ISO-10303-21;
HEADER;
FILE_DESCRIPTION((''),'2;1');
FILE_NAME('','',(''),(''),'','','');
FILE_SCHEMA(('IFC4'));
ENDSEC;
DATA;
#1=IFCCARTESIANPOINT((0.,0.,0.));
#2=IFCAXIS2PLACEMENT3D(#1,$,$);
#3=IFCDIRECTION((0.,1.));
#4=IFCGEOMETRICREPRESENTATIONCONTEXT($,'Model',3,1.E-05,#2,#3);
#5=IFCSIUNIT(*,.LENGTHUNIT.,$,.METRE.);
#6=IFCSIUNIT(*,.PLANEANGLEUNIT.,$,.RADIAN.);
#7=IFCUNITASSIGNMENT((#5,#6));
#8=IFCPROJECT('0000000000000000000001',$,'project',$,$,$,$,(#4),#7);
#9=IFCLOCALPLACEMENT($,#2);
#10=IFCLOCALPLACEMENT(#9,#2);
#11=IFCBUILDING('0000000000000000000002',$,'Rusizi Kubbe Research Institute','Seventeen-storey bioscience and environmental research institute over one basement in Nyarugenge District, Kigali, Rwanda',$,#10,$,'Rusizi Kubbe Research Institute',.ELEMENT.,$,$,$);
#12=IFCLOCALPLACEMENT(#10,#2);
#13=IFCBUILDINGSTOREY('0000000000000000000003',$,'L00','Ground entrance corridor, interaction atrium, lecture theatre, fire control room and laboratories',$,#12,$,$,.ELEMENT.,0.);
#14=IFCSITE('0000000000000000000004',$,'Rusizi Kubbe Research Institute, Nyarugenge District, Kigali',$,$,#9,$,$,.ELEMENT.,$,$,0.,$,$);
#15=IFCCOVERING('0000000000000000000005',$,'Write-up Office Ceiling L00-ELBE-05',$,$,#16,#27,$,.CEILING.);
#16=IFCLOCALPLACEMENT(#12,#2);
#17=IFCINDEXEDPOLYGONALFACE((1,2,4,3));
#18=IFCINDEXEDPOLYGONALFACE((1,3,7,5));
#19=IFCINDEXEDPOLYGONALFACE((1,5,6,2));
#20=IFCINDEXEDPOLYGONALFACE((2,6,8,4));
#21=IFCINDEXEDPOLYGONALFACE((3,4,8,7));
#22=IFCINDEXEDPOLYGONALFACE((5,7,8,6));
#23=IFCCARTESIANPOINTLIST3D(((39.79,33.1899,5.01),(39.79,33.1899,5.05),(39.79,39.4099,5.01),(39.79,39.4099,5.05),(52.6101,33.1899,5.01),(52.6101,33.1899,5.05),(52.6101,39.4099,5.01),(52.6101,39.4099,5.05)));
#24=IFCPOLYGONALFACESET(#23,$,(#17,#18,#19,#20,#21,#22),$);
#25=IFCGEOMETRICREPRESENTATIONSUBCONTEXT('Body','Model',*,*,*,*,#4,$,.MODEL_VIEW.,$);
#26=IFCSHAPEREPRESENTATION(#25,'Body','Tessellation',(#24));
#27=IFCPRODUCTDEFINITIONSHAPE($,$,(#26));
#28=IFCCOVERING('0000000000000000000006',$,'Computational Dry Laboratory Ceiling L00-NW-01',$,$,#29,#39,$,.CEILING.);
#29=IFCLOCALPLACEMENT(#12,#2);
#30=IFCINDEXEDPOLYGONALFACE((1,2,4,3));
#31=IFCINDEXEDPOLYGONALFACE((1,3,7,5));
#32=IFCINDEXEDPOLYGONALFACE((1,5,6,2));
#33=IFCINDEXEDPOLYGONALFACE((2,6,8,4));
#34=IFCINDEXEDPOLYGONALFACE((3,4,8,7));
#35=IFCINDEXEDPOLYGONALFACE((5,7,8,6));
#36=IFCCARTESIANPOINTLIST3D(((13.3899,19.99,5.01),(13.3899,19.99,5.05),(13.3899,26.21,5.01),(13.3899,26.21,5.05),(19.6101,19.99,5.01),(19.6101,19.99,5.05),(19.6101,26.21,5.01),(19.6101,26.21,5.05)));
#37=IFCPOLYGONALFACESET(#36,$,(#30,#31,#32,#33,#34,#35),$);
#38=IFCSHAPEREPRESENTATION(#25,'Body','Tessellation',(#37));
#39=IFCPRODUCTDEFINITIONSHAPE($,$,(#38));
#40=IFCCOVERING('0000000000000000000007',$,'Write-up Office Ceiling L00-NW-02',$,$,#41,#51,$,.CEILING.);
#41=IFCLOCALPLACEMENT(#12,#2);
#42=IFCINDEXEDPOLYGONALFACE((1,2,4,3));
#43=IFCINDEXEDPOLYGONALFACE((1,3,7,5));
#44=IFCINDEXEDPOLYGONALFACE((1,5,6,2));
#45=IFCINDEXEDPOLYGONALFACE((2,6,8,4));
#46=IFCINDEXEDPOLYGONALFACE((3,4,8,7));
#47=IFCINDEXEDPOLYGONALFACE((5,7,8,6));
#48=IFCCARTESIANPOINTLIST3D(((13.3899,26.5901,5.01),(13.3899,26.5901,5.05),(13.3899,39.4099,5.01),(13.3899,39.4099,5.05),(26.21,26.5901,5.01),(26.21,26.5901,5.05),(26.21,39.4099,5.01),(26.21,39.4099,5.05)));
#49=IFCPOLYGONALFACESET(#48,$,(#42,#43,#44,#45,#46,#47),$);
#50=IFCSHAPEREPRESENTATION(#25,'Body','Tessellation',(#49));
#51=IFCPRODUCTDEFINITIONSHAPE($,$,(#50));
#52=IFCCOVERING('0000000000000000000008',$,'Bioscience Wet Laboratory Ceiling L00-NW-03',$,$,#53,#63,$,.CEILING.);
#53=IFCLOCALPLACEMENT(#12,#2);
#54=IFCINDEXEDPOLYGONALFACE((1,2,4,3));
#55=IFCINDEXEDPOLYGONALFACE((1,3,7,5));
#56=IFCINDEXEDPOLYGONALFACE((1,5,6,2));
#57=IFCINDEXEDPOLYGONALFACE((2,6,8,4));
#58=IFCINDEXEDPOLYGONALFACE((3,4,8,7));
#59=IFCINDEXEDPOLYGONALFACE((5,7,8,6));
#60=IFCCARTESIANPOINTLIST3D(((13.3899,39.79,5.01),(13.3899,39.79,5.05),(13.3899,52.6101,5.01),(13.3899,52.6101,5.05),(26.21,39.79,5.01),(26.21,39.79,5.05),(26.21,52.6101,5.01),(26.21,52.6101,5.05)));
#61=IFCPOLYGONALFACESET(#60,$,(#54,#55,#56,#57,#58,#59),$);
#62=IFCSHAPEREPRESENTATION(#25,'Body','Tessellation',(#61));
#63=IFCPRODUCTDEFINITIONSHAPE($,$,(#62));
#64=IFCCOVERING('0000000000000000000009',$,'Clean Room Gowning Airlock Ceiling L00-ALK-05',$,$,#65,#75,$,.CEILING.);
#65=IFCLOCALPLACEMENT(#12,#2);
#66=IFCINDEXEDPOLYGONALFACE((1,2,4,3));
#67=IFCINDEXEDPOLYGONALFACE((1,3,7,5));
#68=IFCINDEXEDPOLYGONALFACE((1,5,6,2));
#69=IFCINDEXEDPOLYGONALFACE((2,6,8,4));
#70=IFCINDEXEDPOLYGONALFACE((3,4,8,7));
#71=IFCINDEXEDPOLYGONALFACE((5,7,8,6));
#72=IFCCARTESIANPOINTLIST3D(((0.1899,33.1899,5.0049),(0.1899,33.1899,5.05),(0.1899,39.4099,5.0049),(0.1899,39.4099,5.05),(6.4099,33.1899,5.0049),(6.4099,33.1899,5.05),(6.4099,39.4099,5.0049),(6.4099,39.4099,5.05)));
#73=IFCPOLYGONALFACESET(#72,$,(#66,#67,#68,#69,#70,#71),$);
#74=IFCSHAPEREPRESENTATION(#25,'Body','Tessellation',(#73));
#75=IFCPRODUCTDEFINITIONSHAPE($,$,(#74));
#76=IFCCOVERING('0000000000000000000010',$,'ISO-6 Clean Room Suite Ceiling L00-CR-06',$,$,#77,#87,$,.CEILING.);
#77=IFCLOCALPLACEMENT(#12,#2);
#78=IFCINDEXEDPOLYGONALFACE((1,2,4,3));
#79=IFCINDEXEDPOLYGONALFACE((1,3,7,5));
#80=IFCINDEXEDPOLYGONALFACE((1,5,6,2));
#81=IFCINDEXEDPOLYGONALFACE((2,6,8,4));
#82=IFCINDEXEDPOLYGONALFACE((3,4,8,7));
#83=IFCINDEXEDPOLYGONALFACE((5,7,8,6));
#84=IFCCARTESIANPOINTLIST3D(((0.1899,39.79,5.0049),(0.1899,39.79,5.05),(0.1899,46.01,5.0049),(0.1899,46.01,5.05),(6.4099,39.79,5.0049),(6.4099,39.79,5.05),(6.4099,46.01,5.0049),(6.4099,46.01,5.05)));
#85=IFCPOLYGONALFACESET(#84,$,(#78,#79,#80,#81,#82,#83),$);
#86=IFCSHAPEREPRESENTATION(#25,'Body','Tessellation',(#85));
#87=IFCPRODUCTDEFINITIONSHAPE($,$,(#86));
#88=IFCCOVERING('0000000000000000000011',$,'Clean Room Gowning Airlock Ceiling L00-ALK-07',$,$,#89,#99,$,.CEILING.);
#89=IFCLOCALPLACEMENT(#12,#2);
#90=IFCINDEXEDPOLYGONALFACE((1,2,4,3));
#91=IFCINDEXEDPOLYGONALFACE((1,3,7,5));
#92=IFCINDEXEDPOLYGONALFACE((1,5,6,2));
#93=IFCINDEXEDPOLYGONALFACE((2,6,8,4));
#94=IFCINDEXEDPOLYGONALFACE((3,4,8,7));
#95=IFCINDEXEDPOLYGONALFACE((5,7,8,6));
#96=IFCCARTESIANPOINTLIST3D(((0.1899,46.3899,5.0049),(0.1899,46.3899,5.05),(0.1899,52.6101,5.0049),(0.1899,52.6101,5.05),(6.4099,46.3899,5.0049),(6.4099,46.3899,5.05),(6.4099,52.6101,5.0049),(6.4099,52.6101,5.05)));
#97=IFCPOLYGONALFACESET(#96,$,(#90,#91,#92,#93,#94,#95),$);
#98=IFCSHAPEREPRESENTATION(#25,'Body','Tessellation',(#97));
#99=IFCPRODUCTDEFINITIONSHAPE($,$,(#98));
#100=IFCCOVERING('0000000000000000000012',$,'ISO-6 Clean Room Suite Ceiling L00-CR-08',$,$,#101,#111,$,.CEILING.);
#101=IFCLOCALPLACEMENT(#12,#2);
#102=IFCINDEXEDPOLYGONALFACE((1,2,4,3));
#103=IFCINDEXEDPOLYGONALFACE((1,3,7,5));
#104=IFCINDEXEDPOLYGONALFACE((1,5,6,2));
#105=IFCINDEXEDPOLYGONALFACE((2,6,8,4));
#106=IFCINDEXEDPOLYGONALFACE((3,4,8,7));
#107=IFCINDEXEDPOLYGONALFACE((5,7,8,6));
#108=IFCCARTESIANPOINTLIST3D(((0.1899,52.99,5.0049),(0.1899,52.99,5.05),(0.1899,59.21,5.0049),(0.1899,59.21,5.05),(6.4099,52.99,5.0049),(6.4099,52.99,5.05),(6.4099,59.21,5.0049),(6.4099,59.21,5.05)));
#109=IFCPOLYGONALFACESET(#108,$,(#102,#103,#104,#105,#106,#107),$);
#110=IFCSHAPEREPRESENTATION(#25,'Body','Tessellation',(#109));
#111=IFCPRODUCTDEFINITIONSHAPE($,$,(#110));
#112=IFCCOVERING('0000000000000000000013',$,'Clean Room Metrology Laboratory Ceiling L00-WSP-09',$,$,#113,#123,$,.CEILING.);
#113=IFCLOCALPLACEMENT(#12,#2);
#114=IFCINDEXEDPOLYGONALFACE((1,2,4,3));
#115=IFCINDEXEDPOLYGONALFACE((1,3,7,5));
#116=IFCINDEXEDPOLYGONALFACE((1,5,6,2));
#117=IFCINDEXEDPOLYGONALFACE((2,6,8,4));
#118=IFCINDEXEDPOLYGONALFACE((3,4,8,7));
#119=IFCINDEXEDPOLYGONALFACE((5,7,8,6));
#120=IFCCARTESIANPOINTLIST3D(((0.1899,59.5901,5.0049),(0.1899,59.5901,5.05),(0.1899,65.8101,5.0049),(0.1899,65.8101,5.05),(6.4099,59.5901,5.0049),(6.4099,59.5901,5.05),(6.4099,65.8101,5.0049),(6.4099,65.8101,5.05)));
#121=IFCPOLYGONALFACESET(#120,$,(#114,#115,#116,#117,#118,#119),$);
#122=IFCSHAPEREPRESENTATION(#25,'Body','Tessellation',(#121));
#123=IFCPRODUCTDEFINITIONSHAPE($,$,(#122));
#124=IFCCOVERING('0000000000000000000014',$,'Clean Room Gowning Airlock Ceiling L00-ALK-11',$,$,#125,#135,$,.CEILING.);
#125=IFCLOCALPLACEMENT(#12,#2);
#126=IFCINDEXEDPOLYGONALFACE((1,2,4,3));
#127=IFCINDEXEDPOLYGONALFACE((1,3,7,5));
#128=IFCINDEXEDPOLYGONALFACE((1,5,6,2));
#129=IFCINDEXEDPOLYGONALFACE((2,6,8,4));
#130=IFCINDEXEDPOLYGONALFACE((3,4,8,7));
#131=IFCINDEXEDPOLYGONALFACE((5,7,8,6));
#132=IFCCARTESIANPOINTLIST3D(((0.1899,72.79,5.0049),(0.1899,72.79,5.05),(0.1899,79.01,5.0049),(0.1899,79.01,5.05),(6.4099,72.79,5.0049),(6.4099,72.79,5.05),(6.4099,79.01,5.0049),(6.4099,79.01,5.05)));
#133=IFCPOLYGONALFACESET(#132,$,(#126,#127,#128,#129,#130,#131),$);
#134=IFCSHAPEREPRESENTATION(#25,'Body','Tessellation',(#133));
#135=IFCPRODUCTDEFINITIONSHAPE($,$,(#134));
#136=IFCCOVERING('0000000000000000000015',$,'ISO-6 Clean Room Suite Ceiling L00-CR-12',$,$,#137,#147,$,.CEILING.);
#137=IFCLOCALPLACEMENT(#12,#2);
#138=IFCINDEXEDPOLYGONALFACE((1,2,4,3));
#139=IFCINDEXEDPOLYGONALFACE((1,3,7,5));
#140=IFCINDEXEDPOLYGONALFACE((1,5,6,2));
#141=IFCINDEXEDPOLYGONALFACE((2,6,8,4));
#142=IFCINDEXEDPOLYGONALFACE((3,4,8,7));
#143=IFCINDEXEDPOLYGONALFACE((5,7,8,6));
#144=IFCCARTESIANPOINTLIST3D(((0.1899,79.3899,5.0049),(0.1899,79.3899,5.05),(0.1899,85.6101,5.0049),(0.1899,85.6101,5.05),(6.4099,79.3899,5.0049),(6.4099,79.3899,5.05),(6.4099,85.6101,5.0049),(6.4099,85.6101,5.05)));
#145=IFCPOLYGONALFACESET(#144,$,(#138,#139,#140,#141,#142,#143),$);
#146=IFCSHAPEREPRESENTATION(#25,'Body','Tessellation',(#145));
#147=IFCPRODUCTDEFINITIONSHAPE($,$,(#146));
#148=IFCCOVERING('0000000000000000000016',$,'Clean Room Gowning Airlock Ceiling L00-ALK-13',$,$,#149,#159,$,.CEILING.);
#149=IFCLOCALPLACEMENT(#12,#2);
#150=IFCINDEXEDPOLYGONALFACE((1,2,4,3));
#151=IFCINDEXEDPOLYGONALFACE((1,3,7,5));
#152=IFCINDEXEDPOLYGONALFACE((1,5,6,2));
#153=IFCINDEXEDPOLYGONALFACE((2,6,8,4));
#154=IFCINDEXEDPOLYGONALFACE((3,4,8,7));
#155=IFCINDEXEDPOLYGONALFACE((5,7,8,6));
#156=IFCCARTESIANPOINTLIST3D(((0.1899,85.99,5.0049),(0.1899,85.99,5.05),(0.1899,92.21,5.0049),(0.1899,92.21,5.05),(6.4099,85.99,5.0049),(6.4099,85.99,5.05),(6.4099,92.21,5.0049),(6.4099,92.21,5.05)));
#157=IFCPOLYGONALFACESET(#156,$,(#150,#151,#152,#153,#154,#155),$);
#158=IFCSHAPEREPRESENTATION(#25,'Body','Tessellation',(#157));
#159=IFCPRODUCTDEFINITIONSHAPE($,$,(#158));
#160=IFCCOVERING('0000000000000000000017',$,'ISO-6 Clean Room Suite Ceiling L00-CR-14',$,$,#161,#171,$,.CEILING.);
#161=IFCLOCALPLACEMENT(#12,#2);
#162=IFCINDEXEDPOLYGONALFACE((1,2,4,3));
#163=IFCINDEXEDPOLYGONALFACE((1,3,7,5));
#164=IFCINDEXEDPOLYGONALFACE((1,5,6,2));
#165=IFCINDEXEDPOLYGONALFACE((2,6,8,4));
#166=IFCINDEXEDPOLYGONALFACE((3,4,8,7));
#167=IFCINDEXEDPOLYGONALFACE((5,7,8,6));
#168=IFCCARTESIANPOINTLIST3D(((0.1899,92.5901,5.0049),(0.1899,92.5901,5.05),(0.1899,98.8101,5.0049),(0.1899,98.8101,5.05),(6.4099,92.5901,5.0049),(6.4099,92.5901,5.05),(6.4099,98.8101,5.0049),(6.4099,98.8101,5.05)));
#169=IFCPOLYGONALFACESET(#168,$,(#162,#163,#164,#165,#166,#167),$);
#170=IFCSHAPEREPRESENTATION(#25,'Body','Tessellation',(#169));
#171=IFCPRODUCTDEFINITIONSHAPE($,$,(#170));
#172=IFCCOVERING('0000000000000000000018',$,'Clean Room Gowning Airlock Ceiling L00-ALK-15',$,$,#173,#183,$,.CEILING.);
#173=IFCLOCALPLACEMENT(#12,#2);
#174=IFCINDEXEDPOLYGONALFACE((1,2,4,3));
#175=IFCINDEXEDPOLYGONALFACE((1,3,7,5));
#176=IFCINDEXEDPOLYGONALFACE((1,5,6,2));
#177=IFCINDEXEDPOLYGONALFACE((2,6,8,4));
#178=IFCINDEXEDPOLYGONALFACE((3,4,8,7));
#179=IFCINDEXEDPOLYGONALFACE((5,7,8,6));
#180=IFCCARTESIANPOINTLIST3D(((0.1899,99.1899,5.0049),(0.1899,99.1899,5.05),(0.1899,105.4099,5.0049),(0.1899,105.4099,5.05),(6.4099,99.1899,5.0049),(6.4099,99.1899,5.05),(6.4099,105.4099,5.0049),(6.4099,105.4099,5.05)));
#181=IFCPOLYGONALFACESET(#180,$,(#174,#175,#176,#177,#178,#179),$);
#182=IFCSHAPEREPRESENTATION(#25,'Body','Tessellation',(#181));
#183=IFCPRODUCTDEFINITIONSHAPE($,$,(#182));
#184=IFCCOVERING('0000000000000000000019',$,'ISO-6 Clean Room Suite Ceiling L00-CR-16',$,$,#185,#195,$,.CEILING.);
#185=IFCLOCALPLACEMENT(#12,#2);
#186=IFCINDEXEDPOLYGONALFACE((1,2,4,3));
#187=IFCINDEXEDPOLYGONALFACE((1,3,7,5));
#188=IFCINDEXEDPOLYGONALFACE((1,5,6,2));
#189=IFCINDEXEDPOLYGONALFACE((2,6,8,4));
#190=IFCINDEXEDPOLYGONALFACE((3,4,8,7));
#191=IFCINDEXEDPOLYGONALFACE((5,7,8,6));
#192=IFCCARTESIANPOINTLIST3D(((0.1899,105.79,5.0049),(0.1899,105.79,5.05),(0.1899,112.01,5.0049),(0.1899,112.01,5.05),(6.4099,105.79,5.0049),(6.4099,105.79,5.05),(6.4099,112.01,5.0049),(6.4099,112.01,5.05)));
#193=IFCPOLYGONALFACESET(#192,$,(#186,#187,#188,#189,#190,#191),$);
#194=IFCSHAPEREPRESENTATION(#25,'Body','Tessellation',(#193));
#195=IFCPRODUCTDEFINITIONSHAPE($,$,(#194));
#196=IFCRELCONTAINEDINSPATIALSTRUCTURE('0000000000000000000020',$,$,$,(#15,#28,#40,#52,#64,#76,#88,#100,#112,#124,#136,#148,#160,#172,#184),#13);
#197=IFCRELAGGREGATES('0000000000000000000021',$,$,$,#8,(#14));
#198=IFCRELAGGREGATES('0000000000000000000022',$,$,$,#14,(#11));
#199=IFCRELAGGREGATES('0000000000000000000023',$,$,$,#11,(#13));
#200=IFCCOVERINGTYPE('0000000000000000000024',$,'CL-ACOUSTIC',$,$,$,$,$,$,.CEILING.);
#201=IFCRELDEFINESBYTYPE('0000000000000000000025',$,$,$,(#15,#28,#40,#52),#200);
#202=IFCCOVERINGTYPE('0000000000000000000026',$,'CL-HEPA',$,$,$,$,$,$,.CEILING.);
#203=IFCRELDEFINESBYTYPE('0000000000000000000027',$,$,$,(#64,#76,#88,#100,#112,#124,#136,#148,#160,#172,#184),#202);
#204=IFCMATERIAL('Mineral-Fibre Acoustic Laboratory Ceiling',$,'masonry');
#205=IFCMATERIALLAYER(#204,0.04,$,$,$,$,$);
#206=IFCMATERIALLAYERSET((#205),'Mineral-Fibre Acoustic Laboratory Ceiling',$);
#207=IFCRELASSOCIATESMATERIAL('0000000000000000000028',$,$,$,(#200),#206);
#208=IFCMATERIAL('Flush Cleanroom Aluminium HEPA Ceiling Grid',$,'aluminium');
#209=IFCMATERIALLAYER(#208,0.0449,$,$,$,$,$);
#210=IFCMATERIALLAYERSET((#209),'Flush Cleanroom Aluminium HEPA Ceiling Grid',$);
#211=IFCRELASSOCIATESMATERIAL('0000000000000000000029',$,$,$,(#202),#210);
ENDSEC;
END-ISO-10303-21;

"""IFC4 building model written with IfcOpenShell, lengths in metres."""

from ifc_helpers import new_model, si_unit, direction, frame, origin, place, context, subcontext, project, spatial, polyline, outline, extrude, material, layer, layer_set, type_object, element, save


model = new_model("IFC4")

# Units and contexts
model_context = context("Model", 3, precision=1e-05, world=origin(), true_north=direction((0.0, 1.0)))
body_context = subcontext(model_context, "Body", "Model", "MODEL_VIEW")
ifc_project = project(units=[si_unit("LENGTHUNIT", "METRE"), si_unit("PLANEANGLEUNIT", "RADIAN")], contexts=[model_context])

# Site, building, storey
site_placement = place(None, origin())
site = spatial("IfcSite", under=ifc_project, at=site_placement, Name="Rusizi Kubbe Research Institute, Nyarugenge District, Kigali", CompositionType="ELEMENT", RefElevation=0.0)
building_placement = place(site_placement, origin())
building = spatial("IfcBuilding", under=site, at=building_placement, Name="Rusizi Kubbe Research Institute", Description="Seventeen-storey bioscience and environmental research institute over one basement in Nyarugenge District, Kigali, Rwanda", LongName="Rusizi Kubbe Research Institute", CompositionType="ELEMENT")
storey_placement = place(building_placement, origin())
storey = spatial("IfcBuildingStorey", under=building, at=storey_placement, Name="L00", Description="Ground entrance corridor, interaction atrium, lecture theatre, fire control room and laboratories", CompositionType="ELEMENT", Elevation=0.0)

# Coverings
ifc_material_1 = material(Name="Mineral-Fibre Acoustic Laboratory Ceiling", Category="masonry")
ifc_layer_1 = layer(ifc_material_1, 0.04)
ifc_layer_set_1 = layer_set([ifc_layer_1], Name="Mineral-Fibre Acoustic Laboratory Ceiling")
covering_type_1 = type_object("IfcCoveringType", Name="CL-ACOUSTIC", PredefinedType="CEILING", material=ifc_layer_set_1)
covering_1_placement = place(storey_placement, frame((0.0, 0.0, 5.01)))
element("IfcCovering", 1, at=covering_1_placement, inside=storey, type_object=covering_type_1, Name="Write-up Office Ceiling L00-ELBE-05", PredefinedType="CEILING", context=body_context, shape_type="SweptSolid", body=[
    extrude(outline(polyline([(39.79, 33.1899), (52.6101, 33.1899), (52.6101, 39.4099), (39.79, 39.4099), (39.79, 33.1899)])), origin(), (0.0, 0.0, 1.0), 0.04),
])
covering_2_placement = place(storey_placement, frame((0.0, 0.0, 5.01)))
element("IfcCovering", 2, at=covering_2_placement, inside=storey, type_object=covering_type_1, Name="Computational Dry Laboratory Ceiling L00-NW-01", PredefinedType="CEILING", context=body_context, shape_type="SweptSolid", body=[
    extrude(outline(polyline([(13.3899, 19.99), (19.6101, 19.99), (19.6101, 26.21), (13.3899, 26.21), (13.3899, 19.99)])), origin(), (0.0, 0.0, 1.0), 0.04),
])
covering_3_placement = place(storey_placement, frame((0.0, 0.0, 5.01)))
element("IfcCovering", 3, at=covering_3_placement, inside=storey, type_object=covering_type_1, Name="Write-up Office Ceiling L00-NW-02", PredefinedType="CEILING", context=body_context, shape_type="SweptSolid", body=[
    extrude(outline(polyline([(13.3899, 26.5901), (26.21, 26.5901), (26.21, 39.4099), (13.3899, 39.4099), (13.3899, 26.5901)])), origin(), (0.0, 0.0, 1.0), 0.04),
])
covering_4_placement = place(storey_placement, frame((0.0, 0.0, 5.01)))
element("IfcCovering", 4, at=covering_4_placement, inside=storey, type_object=covering_type_1, Name="Bioscience Wet Laboratory Ceiling L00-NW-03", PredefinedType="CEILING", context=body_context, shape_type="SweptSolid", body=[
    extrude(outline(polyline([(13.3899, 39.79), (26.21, 39.79), (26.21, 52.6101), (13.3899, 52.6101), (13.3899, 39.79)])), origin(), (0.0, 0.0, 1.0), 0.04),
])
ifc_material_2 = material(Name="Flush Cleanroom Aluminium HEPA Ceiling Grid", Category="aluminium")
ifc_layer_2 = layer(ifc_material_2, 0.0449)
ifc_layer_set_2 = layer_set([ifc_layer_2], Name="Flush Cleanroom Aluminium HEPA Ceiling Grid")
covering_type_2 = type_object("IfcCoveringType", Name="CL-HEPA", PredefinedType="CEILING", material=ifc_layer_set_2)
covering_5_placement = place(storey_placement, frame((0.0, 0.0, 5.0049)))
element("IfcCovering", 5, at=covering_5_placement, inside=storey, type_object=covering_type_2, Name="Clean Room Gowning Airlock Ceiling L00-ALK-05", PredefinedType="CEILING", context=body_context, shape_type="SweptSolid", body=[
    extrude(outline(polyline([(0.1899, 33.1899), (6.4099, 33.1899), (6.4099, 39.4099), (0.1899, 39.4099), (0.1899, 33.1899)])), origin(), (0.0, 0.0, 1.0), 0.0452),
])
covering_6_placement = place(storey_placement, frame((0.0, 0.0, 5.0049)))
element("IfcCovering", 6, at=covering_6_placement, inside=storey, type_object=covering_type_2, Name="ISO-6 Clean Room Suite Ceiling L00-CR-06", PredefinedType="CEILING", context=body_context, shape_type="SweptSolid", body=[
    extrude(outline(polyline([(0.1899, 39.79), (6.4099, 39.79), (6.4099, 46.01), (0.1899, 46.01), (0.1899, 39.79)])), origin(), (0.0, 0.0, 1.0), 0.0452),
])
covering_7_placement = place(storey_placement, frame((0.0, 0.0, 5.0049)))
element("IfcCovering", 7, at=covering_7_placement, inside=storey, type_object=covering_type_2, Name="Clean Room Gowning Airlock Ceiling L00-ALK-07", PredefinedType="CEILING", context=body_context, shape_type="SweptSolid", body=[
    extrude(outline(polyline([(0.1899, 46.3899), (6.4099, 46.3899), (6.4099, 52.6101), (0.1899, 52.6101), (0.1899, 46.3899)])), origin(), (0.0, 0.0, 1.0), 0.0452),
])
covering_8_placement = place(storey_placement, frame((0.0, 0.0, 5.0049)))
element("IfcCovering", 8, at=covering_8_placement, inside=storey, type_object=covering_type_2, Name="ISO-6 Clean Room Suite Ceiling L00-CR-08", PredefinedType="CEILING", context=body_context, shape_type="SweptSolid", body=[
    extrude(outline(polyline([(0.1899, 52.99), (6.4099, 52.99), (6.4099, 59.21), (0.1899, 59.21), (0.1899, 52.99)])), origin(), (0.0, 0.0, 1.0), 0.0452),
])
covering_9_placement = place(storey_placement, frame((0.0, 0.0, 5.0049)))
element("IfcCovering", 9, at=covering_9_placement, inside=storey, type_object=covering_type_2, Name="Clean Room Metrology Laboratory Ceiling L00-WSP-09", PredefinedType="CEILING", context=body_context, shape_type="SweptSolid", body=[
    extrude(outline(polyline([(0.1899, 59.5901), (6.4099, 59.5901), (6.4099, 65.8101), (0.1899, 65.8101), (0.1899, 59.5901)])), origin(), (0.0, 0.0, 1.0), 0.0452),
])
covering_10_placement = place(storey_placement, frame((0.0, 0.0, 5.0049)))
element("IfcCovering", 10, at=covering_10_placement, inside=storey, type_object=covering_type_2, Name="Clean Room Gowning Airlock Ceiling L00-ALK-11", PredefinedType="CEILING", context=body_context, shape_type="SweptSolid", body=[
    extrude(outline(polyline([(0.1899, 72.79), (6.4099, 72.79), (6.4099, 79.01), (0.1899, 79.01), (0.1899, 72.79)])), origin(), (0.0, 0.0, 1.0), 0.0452),
])
covering_11_placement = place(storey_placement, frame((0.0, 0.0, 5.0049)))
element("IfcCovering", 11, at=covering_11_placement, inside=storey, type_object=covering_type_2, Name="ISO-6 Clean Room Suite Ceiling L00-CR-12", PredefinedType="CEILING", context=body_context, shape_type="SweptSolid", body=[
    extrude(outline(polyline([(0.1899, 79.3899), (6.4099, 79.3899), (6.4099, 85.6101), (0.1899, 85.6101), (0.1899, 79.3899)])), origin(), (0.0, 0.0, 1.0), 0.0452),
])
covering_12_placement = place(storey_placement, frame((0.0, 0.0, 5.0049)))
element("IfcCovering", 12, at=covering_12_placement, inside=storey, type_object=covering_type_2, Name="Clean Room Gowning Airlock Ceiling L00-ALK-13", PredefinedType="CEILING", context=body_context, shape_type="SweptSolid", body=[
    extrude(outline(polyline([(0.1899, 85.99), (6.4099, 85.99), (6.4099, 92.21), (0.1899, 92.21), (0.1899, 85.99)])), origin(), (0.0, 0.0, 1.0), 0.0452),
])
covering_13_placement = place(storey_placement, frame((0.0, 0.0, 5.0049)))
element("IfcCovering", 13, at=covering_13_placement, inside=storey, type_object=covering_type_2, Name="ISO-6 Clean Room Suite Ceiling L00-CR-14", PredefinedType="CEILING", context=body_context, shape_type="SweptSolid", body=[
    extrude(outline(polyline([(0.1899, 92.5901), (6.4099, 92.5901), (6.4099, 98.8101), (0.1899, 98.8101), (0.1899, 92.5901)])), origin(), (0.0, 0.0, 1.0), 0.0452),
])
covering_14_placement = place(storey_placement, frame((0.0, 0.0, 5.0049)))
element("IfcCovering", 14, at=covering_14_placement, inside=storey, type_object=covering_type_2, Name="Clean Room Gowning Airlock Ceiling L00-ALK-15", PredefinedType="CEILING", context=body_context, shape_type="SweptSolid", body=[
    extrude(outline(polyline([(0.1899, 99.1899), (6.4099, 99.1899), (6.4099, 105.4099), (0.1899, 105.4099), (0.1899, 99.1899)])), origin(), (0.0, 0.0, 1.0), 0.0452),
])
covering_15_placement = place(storey_placement, frame((0.0, 0.0, 5.0049)))
element("IfcCovering", 15, at=covering_15_placement, inside=storey, type_object=covering_type_2, Name="ISO-6 Clean Room Suite Ceiling L00-CR-16", PredefinedType="CEILING", context=body_context, shape_type="SweptSolid", body=[
    extrude(outline(polyline([(0.1899, 105.79), (6.4099, 105.79), (6.4099, 112.01), (0.1899, 112.01), (0.1899, 105.79)])), origin(), (0.0, 0.0, 1.0), 0.0452),
])

save(model, "model.ifc")
